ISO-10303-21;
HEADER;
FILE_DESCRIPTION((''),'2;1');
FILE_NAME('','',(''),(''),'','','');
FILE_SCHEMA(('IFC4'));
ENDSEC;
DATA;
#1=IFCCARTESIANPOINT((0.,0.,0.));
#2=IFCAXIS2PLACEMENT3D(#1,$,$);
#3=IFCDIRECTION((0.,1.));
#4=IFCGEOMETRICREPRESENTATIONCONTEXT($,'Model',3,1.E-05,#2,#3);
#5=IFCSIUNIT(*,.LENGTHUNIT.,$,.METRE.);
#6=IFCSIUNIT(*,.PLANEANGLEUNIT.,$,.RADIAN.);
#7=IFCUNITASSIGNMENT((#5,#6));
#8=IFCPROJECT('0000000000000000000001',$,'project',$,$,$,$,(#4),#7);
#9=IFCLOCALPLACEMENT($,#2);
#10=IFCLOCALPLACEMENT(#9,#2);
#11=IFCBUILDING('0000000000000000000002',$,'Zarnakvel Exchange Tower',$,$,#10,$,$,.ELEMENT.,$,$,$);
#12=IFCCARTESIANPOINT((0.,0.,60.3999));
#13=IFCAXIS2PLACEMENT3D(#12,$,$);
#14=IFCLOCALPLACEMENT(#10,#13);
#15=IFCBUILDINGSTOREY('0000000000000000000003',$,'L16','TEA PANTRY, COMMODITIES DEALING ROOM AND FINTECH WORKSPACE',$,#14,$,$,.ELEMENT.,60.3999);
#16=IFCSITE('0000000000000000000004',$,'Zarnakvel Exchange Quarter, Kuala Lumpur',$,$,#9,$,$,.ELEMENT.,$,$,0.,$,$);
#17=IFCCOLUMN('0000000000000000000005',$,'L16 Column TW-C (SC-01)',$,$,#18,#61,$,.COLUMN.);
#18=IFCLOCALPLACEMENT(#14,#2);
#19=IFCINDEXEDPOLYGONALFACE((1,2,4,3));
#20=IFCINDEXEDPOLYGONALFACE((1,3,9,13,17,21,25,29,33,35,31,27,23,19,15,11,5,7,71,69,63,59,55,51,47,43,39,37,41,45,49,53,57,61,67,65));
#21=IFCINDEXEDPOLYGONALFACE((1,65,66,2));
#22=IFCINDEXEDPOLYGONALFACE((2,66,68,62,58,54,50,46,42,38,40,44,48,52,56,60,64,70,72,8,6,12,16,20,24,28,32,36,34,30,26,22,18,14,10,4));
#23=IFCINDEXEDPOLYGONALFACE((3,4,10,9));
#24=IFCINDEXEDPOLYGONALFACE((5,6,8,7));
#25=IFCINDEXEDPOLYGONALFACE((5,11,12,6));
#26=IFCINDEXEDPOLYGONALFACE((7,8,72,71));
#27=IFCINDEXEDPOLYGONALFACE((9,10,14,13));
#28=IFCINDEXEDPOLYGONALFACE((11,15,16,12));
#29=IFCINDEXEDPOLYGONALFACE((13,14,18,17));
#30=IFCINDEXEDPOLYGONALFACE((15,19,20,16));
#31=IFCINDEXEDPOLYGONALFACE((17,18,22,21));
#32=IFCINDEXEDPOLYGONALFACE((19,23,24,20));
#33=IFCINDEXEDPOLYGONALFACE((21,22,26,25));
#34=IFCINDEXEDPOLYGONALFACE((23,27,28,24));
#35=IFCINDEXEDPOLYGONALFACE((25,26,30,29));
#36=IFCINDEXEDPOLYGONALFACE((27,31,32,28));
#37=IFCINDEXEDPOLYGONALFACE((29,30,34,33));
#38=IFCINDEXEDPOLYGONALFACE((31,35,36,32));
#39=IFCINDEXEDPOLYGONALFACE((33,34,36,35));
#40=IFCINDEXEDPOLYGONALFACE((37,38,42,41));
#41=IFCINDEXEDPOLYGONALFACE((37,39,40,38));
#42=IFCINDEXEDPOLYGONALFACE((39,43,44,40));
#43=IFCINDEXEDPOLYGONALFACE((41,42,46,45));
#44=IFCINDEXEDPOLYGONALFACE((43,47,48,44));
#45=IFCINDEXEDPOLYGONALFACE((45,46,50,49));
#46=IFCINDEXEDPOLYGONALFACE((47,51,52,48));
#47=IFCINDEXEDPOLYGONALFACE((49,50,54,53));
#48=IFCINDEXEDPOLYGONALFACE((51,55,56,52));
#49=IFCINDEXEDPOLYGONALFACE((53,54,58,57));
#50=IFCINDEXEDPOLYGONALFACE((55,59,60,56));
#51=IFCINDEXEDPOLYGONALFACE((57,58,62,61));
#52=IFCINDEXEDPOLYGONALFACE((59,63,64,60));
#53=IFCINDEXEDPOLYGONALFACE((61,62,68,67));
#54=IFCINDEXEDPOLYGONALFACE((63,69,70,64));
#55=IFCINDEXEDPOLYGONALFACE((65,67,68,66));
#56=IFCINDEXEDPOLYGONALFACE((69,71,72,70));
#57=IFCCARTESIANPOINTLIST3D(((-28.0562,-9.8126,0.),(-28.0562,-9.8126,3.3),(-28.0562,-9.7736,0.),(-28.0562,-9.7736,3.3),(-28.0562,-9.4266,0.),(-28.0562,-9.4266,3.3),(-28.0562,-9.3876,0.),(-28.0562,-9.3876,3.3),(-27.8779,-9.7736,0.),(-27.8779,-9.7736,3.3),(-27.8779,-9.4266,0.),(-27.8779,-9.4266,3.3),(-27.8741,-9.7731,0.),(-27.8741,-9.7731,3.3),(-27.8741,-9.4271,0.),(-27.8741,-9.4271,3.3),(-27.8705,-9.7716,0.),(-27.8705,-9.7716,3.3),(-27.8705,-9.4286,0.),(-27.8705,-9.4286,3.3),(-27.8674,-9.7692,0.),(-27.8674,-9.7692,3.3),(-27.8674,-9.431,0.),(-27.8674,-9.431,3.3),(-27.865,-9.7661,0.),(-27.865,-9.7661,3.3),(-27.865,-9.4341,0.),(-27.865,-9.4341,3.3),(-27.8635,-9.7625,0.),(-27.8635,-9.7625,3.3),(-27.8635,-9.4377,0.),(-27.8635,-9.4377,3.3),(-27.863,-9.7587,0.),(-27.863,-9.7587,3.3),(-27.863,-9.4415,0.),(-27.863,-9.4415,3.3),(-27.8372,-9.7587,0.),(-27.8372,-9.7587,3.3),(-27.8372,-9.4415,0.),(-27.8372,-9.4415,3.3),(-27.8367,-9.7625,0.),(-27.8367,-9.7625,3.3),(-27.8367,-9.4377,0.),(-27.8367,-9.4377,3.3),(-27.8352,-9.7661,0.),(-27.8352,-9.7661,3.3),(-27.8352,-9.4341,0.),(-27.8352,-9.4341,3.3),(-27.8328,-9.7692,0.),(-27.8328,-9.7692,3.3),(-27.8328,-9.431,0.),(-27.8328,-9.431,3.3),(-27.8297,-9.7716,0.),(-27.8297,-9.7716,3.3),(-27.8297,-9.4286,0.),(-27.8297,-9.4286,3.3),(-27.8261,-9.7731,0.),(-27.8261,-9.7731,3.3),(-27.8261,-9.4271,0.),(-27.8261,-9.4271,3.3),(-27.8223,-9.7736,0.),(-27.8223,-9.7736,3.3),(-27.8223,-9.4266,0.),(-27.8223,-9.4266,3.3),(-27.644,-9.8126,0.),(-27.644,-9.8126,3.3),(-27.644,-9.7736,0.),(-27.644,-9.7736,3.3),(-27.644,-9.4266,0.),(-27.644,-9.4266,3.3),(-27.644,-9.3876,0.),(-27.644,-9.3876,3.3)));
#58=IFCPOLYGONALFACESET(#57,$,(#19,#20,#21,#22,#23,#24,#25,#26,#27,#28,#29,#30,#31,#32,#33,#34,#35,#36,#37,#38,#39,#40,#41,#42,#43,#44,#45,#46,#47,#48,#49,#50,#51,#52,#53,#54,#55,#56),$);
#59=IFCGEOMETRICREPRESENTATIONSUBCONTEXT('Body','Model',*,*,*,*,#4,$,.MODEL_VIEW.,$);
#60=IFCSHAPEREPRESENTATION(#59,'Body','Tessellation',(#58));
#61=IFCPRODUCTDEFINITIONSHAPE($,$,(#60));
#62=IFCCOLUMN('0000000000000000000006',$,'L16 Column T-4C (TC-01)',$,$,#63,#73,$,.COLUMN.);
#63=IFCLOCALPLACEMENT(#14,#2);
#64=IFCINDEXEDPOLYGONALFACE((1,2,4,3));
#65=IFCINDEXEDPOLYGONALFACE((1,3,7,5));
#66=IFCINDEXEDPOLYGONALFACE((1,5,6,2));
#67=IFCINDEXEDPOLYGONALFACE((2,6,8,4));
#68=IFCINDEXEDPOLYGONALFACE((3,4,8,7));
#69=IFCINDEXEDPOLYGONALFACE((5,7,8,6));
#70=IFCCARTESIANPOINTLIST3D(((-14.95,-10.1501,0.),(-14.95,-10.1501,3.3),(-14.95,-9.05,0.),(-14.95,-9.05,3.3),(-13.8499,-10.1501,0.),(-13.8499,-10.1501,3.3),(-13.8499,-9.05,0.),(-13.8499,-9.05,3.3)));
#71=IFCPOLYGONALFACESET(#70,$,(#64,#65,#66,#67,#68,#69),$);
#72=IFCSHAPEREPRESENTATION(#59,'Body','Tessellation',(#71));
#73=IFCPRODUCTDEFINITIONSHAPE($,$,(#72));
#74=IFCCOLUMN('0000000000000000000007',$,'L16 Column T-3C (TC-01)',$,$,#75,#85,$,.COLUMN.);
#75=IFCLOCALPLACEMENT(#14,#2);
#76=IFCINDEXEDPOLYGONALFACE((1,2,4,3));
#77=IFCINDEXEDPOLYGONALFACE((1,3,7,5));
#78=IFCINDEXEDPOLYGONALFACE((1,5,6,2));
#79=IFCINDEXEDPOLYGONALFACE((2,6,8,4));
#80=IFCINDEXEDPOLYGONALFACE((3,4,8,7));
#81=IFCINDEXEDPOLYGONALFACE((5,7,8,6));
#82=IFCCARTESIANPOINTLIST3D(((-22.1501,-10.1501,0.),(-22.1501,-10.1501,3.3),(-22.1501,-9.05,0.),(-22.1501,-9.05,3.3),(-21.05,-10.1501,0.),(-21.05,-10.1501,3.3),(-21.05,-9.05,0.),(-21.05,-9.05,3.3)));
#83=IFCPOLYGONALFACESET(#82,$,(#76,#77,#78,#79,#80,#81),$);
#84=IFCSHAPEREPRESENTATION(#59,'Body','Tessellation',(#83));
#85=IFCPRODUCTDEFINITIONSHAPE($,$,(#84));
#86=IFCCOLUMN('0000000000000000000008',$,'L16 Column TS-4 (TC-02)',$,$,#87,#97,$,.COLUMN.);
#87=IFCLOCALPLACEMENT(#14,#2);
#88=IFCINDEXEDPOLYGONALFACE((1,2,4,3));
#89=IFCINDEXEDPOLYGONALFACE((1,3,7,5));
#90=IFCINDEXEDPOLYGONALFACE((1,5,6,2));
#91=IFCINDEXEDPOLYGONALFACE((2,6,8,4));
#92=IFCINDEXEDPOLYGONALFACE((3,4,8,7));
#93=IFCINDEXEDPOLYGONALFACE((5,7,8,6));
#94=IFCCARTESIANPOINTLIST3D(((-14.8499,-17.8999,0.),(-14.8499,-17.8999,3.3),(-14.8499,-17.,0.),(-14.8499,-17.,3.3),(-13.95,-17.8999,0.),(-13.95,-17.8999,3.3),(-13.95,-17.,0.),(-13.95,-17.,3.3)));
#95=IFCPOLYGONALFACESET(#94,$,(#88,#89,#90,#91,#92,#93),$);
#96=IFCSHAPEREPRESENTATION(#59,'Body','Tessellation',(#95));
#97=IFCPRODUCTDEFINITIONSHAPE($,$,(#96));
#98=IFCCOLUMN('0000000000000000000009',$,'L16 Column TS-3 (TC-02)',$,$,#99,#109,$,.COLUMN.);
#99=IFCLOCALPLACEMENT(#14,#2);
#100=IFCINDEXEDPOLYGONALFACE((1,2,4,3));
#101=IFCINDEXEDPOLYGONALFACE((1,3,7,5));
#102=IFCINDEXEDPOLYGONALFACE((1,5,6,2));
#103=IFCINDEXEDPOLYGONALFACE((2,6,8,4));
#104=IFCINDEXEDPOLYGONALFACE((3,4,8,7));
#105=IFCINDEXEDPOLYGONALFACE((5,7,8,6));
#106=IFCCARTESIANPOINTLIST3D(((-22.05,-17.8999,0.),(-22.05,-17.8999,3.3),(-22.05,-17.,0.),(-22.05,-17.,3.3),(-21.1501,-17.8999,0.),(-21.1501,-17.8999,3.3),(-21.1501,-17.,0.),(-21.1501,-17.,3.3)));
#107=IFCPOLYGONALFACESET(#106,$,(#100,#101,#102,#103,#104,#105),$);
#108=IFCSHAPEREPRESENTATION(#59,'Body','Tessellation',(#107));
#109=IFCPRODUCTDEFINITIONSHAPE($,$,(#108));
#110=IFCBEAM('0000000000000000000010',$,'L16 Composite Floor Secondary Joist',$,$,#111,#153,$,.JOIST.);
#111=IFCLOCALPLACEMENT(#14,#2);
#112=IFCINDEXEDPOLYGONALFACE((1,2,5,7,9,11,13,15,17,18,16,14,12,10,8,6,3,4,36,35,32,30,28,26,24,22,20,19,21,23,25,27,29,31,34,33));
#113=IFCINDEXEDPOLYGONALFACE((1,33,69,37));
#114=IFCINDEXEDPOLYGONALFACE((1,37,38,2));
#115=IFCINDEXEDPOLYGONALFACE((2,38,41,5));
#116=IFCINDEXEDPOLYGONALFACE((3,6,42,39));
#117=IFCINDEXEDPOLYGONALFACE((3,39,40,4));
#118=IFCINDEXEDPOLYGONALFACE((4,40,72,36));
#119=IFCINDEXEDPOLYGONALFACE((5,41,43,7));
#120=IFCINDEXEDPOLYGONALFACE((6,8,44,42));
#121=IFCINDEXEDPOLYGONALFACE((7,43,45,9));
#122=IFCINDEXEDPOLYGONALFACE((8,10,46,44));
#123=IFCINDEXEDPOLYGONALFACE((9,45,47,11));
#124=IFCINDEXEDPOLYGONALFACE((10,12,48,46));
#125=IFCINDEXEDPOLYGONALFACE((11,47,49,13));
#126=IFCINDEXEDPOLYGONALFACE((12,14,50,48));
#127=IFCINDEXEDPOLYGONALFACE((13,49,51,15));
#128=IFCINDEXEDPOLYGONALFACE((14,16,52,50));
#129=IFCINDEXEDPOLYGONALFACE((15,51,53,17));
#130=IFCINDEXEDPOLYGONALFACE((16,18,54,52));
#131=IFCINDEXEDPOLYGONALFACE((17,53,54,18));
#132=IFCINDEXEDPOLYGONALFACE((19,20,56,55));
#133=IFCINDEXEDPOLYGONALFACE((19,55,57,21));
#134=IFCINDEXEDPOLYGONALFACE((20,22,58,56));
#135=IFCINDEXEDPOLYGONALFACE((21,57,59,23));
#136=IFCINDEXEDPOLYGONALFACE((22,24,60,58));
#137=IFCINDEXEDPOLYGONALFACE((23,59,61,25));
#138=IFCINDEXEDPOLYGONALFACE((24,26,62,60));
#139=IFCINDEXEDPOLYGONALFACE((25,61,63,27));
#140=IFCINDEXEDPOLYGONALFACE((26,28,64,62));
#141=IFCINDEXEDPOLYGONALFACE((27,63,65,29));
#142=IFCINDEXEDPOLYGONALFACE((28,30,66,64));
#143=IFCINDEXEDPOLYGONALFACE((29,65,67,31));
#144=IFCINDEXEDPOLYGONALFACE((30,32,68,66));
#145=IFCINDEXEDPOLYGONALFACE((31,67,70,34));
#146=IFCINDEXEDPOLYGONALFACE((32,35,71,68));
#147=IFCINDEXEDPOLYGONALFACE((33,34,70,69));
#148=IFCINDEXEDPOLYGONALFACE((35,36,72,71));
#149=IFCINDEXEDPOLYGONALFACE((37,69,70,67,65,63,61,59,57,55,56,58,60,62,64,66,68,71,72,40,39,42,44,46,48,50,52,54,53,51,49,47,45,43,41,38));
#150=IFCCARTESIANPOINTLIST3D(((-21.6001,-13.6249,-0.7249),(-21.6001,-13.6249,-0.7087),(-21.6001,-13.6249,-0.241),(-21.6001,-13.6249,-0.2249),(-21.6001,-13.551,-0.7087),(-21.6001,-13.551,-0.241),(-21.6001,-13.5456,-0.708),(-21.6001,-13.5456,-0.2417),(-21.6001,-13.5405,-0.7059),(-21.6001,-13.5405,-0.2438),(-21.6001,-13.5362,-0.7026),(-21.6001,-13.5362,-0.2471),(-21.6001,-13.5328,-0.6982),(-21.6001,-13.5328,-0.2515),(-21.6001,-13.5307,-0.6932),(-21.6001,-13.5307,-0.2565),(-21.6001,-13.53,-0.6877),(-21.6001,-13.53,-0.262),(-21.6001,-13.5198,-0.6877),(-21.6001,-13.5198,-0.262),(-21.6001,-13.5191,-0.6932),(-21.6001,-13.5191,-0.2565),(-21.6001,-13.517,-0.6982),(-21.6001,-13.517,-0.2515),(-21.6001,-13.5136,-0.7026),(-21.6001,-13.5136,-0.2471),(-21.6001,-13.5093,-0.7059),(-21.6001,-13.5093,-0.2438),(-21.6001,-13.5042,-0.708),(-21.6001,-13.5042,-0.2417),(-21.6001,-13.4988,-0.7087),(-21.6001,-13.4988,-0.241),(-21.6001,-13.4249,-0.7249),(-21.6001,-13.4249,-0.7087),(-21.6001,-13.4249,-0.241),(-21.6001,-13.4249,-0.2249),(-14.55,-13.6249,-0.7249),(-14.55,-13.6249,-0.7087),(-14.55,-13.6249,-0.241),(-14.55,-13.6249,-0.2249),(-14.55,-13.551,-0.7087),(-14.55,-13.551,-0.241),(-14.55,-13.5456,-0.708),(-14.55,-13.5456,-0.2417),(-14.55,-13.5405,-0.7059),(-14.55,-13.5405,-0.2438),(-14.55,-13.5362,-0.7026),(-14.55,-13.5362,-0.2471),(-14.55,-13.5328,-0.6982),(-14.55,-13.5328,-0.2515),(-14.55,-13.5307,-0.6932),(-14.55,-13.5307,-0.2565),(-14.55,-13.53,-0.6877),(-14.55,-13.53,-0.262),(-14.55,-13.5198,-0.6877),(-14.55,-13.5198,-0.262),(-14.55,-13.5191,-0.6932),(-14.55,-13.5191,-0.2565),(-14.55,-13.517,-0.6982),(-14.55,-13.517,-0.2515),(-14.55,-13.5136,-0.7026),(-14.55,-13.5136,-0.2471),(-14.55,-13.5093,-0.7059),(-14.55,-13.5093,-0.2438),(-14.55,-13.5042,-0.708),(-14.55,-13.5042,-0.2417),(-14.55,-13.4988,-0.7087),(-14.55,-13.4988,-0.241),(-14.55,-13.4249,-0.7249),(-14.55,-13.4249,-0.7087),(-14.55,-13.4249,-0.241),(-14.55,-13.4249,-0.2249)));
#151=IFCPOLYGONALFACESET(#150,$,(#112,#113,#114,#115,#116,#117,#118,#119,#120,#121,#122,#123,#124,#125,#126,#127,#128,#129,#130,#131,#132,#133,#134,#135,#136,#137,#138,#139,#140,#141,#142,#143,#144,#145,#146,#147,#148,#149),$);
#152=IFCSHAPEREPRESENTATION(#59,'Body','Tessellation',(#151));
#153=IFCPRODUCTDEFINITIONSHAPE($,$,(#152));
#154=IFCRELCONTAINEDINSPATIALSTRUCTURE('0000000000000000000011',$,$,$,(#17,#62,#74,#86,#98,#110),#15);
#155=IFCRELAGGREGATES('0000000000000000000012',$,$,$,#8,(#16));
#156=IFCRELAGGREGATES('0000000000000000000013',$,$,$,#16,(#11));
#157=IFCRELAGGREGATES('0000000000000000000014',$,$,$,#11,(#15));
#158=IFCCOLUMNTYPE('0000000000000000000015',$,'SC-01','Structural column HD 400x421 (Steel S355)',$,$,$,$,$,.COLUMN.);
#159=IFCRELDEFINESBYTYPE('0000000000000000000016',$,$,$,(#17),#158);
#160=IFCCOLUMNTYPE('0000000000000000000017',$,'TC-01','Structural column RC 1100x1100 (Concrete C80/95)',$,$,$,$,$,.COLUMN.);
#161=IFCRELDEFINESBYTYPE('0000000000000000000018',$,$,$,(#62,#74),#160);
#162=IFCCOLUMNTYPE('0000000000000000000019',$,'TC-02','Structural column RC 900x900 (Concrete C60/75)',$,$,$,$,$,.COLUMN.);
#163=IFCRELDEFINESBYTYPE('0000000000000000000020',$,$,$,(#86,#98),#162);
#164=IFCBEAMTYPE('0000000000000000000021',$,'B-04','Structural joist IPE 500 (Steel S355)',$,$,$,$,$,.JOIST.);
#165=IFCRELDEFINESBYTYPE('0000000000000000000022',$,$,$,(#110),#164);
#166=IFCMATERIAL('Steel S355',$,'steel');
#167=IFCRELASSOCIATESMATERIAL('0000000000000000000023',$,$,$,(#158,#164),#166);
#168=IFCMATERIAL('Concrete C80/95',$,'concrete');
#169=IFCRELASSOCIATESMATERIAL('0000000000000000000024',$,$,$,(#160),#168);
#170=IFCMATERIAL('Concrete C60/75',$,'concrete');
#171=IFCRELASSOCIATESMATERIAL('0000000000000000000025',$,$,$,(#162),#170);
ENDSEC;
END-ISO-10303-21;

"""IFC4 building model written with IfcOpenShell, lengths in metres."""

from ifc_helpers import new_model, si_unit, direction, frame, origin, origin_2d, place, context, subcontext, project, spatial, rectangle, i_section, extrude, material, material_profile, profile_set, type_object, element, save


model = new_model("IFC4")

# Units and contexts
model_context = context("Model", 3, precision=1e-05, world=origin(), true_north=direction((0.0, 1.0)))
body_context = subcontext(model_context, "Body", "Model", "MODEL_VIEW")
ifc_project = project(units=[si_unit("LENGTHUNIT", "METRE"), si_unit("PLANEANGLEUNIT", "RADIAN")], contexts=[model_context])

# Site, building, storey
site_placement = place(None, origin())
site = spatial("IfcSite", under=ifc_project, at=site_placement, Name="Zarnakvel Exchange Quarter, Kuala Lumpur", CompositionType="ELEMENT", RefElevation=0.0)
building_placement = place(site_placement, origin())
building = spatial("IfcBuilding", under=site, at=building_placement, Name="Zarnakvel Exchange Tower", CompositionType="ELEMENT")
storey_placement = place(building_placement, frame((0.0, 0.0, 60.3999)))
storey = spatial("IfcBuildingStorey", under=building, at=storey_placement, Name="L16", Description="TEA PANTRY, COMMODITIES DEALING ROOM AND FINTECH WORKSPACE", CompositionType="ELEMENT", Elevation=60.3999)

# Columns
ifc_material_1 = material(Name="Steel S355", Category="steel")
ifc_material_profile_1 = material_profile(ifc_material_1, i_section(OverallWidth=0.4121, OverallDepth=0.425, WebThickness=0.0259, FlangeThickness=0.0391, FilletRadius=0.0149, at=origin_2d()))
ifc_profile_set_1 = profile_set([ifc_material_profile_1], Name="Steel S355")
column_type_1 = type_object("IfcColumnType", Name="SC-01", Description="Structural column HD 400x421 (Steel S355)", PredefinedType="COLUMN", material=ifc_profile_set_1)
column_placement = place(storey_placement, frame((-27.8501, -9.6001, 0.0), z_axis=(0.0, 0.0, 1.0), x_axis=(1.0, 0.0, 0.0)))
element("IfcColumn", 1, at=column_placement, inside=storey, type_object=column_type_1, Name="L16 Column TW-C (SC-01)", PredefinedType="COLUMN", context=body_context, shape_type="SweptSolid", body=[
    extrude(i_section(OverallWidth=0.4121, OverallDepth=0.425, WebThickness=0.0259, FlangeThickness=0.0391, FilletRadius=0.0149, at=origin_2d()), origin(), (0.0, 0.0, 1.0), 3.3),
])
ifc_material_2 = material(Name="Concrete C80/95", Category="concrete")
ifc_material_profile_2 = material_profile(ifc_material_2, rectangle(XDim=1.1001, YDim=1.1001, at=origin_2d()))
ifc_profile_set_2 = profile_set([ifc_material_profile_2], Name="Concrete C80/95")
column_type_2 = type_object("IfcColumnType", Name="TC-01", Description="Structural column RC 1100x1100 (Concrete C80/95)", PredefinedType="COLUMN", material=ifc_profile_set_2)
for number, where, z_axis, x_axis, name in (
    (2, (-14.3999, -9.6001, 0.0), (0.0, 0.0, 1.0), (1.0, 0.0, 0.0), "L16 Column T-4C (TC-01)"),
    (3, (-21.6001, -9.6001, 0.0), (0.0, 0.0, 1.0), (1.0, 0.0, 0.0), "L16 Column T-3C (TC-01)"),
):
    element("IfcColumn", number, at=place(storey_placement, frame(where, z_axis=z_axis, x_axis=x_axis)), inside=storey, type_object=column_type_2, Name=name, PredefinedType="COLUMN", context=body_context, shape_type="SweptSolid", body=[
        extrude(rectangle(XDim=1.1001, YDim=1.1001, at=origin_2d()), origin(), (0.0, 0.0, 1.0), 3.3),
    ])
ifc_material_3 = material(Name="Concrete C60/75", Category="concrete")
ifc_material_profile_3 = material_profile(ifc_material_3, rectangle(XDim=0.8999, YDim=0.8999, at=origin_2d()))
ifc_profile_set_3 = profile_set([ifc_material_profile_3], Name="Concrete C60/75")
column_type_3 = type_object("IfcColumnType", Name="TC-02", Description="Structural column RC 900x900 (Concrete C60/75)", PredefinedType="COLUMN", material=ifc_profile_set_3)
for number, where, z_axis, x_axis, name in (
    (4, (-14.3999, -17.45, 0.0), (0.0, 0.0, 1.0), (1.0, 0.0, 0.0), "L16 Column TS-4 (TC-02)"),
    (5, (-21.6001, -17.45, 0.0), (0.0, 0.0, 1.0), (1.0, 0.0, 0.0), "L16 Column TS-3 (TC-02)"),
):
    element("IfcColumn", number, at=place(storey_placement, frame(where, z_axis=z_axis, x_axis=x_axis)), inside=storey, type_object=column_type_3, Name=name, PredefinedType="COLUMN", context=body_context, shape_type="SweptSolid", body=[
        extrude(rectangle(XDim=0.8999, YDim=0.8999, at=origin_2d()), origin(), (0.0, 0.0, 1.0), 3.3),
    ])

# Beam
ifc_material_profile_4 = material_profile(ifc_material_1, i_section(OverallWidth=0.2, OverallDepth=0.5, WebThickness=0.0103, FlangeThickness=0.0161, FilletRadius=0.021, at=origin_2d()))
ifc_profile_set_4 = profile_set([ifc_material_profile_4], Name="Steel S355")
beam_type_1 = type_object("IfcBeamType", Name="B-04", Description="Structural joist IPE 500 (Steel S355)", PredefinedType="JOIST", material=ifc_profile_set_4)
beam_1_placement = place(storey_placement, frame((-21.6001, -13.5249, -0.4749), z_axis=(1.0, 0.0, 0.0), x_axis=(0.0, 1.0, 0.0)))
element("IfcBeam", 6, at=beam_1_placement, inside=storey, type_object=beam_type_1, Name="L16 Composite Floor Secondary Joist", PredefinedType="JOIST", context=body_context, shape_type="SweptSolid", body=[
    extrude(i_section(OverallWidth=0.2, OverallDepth=0.5, WebThickness=0.0103, FlangeThickness=0.0161, FilletRadius=0.021, at=origin_2d()), origin(), (0.0, 0.0, 1.0), 7.05),
])

save(model, "model.ifc")
